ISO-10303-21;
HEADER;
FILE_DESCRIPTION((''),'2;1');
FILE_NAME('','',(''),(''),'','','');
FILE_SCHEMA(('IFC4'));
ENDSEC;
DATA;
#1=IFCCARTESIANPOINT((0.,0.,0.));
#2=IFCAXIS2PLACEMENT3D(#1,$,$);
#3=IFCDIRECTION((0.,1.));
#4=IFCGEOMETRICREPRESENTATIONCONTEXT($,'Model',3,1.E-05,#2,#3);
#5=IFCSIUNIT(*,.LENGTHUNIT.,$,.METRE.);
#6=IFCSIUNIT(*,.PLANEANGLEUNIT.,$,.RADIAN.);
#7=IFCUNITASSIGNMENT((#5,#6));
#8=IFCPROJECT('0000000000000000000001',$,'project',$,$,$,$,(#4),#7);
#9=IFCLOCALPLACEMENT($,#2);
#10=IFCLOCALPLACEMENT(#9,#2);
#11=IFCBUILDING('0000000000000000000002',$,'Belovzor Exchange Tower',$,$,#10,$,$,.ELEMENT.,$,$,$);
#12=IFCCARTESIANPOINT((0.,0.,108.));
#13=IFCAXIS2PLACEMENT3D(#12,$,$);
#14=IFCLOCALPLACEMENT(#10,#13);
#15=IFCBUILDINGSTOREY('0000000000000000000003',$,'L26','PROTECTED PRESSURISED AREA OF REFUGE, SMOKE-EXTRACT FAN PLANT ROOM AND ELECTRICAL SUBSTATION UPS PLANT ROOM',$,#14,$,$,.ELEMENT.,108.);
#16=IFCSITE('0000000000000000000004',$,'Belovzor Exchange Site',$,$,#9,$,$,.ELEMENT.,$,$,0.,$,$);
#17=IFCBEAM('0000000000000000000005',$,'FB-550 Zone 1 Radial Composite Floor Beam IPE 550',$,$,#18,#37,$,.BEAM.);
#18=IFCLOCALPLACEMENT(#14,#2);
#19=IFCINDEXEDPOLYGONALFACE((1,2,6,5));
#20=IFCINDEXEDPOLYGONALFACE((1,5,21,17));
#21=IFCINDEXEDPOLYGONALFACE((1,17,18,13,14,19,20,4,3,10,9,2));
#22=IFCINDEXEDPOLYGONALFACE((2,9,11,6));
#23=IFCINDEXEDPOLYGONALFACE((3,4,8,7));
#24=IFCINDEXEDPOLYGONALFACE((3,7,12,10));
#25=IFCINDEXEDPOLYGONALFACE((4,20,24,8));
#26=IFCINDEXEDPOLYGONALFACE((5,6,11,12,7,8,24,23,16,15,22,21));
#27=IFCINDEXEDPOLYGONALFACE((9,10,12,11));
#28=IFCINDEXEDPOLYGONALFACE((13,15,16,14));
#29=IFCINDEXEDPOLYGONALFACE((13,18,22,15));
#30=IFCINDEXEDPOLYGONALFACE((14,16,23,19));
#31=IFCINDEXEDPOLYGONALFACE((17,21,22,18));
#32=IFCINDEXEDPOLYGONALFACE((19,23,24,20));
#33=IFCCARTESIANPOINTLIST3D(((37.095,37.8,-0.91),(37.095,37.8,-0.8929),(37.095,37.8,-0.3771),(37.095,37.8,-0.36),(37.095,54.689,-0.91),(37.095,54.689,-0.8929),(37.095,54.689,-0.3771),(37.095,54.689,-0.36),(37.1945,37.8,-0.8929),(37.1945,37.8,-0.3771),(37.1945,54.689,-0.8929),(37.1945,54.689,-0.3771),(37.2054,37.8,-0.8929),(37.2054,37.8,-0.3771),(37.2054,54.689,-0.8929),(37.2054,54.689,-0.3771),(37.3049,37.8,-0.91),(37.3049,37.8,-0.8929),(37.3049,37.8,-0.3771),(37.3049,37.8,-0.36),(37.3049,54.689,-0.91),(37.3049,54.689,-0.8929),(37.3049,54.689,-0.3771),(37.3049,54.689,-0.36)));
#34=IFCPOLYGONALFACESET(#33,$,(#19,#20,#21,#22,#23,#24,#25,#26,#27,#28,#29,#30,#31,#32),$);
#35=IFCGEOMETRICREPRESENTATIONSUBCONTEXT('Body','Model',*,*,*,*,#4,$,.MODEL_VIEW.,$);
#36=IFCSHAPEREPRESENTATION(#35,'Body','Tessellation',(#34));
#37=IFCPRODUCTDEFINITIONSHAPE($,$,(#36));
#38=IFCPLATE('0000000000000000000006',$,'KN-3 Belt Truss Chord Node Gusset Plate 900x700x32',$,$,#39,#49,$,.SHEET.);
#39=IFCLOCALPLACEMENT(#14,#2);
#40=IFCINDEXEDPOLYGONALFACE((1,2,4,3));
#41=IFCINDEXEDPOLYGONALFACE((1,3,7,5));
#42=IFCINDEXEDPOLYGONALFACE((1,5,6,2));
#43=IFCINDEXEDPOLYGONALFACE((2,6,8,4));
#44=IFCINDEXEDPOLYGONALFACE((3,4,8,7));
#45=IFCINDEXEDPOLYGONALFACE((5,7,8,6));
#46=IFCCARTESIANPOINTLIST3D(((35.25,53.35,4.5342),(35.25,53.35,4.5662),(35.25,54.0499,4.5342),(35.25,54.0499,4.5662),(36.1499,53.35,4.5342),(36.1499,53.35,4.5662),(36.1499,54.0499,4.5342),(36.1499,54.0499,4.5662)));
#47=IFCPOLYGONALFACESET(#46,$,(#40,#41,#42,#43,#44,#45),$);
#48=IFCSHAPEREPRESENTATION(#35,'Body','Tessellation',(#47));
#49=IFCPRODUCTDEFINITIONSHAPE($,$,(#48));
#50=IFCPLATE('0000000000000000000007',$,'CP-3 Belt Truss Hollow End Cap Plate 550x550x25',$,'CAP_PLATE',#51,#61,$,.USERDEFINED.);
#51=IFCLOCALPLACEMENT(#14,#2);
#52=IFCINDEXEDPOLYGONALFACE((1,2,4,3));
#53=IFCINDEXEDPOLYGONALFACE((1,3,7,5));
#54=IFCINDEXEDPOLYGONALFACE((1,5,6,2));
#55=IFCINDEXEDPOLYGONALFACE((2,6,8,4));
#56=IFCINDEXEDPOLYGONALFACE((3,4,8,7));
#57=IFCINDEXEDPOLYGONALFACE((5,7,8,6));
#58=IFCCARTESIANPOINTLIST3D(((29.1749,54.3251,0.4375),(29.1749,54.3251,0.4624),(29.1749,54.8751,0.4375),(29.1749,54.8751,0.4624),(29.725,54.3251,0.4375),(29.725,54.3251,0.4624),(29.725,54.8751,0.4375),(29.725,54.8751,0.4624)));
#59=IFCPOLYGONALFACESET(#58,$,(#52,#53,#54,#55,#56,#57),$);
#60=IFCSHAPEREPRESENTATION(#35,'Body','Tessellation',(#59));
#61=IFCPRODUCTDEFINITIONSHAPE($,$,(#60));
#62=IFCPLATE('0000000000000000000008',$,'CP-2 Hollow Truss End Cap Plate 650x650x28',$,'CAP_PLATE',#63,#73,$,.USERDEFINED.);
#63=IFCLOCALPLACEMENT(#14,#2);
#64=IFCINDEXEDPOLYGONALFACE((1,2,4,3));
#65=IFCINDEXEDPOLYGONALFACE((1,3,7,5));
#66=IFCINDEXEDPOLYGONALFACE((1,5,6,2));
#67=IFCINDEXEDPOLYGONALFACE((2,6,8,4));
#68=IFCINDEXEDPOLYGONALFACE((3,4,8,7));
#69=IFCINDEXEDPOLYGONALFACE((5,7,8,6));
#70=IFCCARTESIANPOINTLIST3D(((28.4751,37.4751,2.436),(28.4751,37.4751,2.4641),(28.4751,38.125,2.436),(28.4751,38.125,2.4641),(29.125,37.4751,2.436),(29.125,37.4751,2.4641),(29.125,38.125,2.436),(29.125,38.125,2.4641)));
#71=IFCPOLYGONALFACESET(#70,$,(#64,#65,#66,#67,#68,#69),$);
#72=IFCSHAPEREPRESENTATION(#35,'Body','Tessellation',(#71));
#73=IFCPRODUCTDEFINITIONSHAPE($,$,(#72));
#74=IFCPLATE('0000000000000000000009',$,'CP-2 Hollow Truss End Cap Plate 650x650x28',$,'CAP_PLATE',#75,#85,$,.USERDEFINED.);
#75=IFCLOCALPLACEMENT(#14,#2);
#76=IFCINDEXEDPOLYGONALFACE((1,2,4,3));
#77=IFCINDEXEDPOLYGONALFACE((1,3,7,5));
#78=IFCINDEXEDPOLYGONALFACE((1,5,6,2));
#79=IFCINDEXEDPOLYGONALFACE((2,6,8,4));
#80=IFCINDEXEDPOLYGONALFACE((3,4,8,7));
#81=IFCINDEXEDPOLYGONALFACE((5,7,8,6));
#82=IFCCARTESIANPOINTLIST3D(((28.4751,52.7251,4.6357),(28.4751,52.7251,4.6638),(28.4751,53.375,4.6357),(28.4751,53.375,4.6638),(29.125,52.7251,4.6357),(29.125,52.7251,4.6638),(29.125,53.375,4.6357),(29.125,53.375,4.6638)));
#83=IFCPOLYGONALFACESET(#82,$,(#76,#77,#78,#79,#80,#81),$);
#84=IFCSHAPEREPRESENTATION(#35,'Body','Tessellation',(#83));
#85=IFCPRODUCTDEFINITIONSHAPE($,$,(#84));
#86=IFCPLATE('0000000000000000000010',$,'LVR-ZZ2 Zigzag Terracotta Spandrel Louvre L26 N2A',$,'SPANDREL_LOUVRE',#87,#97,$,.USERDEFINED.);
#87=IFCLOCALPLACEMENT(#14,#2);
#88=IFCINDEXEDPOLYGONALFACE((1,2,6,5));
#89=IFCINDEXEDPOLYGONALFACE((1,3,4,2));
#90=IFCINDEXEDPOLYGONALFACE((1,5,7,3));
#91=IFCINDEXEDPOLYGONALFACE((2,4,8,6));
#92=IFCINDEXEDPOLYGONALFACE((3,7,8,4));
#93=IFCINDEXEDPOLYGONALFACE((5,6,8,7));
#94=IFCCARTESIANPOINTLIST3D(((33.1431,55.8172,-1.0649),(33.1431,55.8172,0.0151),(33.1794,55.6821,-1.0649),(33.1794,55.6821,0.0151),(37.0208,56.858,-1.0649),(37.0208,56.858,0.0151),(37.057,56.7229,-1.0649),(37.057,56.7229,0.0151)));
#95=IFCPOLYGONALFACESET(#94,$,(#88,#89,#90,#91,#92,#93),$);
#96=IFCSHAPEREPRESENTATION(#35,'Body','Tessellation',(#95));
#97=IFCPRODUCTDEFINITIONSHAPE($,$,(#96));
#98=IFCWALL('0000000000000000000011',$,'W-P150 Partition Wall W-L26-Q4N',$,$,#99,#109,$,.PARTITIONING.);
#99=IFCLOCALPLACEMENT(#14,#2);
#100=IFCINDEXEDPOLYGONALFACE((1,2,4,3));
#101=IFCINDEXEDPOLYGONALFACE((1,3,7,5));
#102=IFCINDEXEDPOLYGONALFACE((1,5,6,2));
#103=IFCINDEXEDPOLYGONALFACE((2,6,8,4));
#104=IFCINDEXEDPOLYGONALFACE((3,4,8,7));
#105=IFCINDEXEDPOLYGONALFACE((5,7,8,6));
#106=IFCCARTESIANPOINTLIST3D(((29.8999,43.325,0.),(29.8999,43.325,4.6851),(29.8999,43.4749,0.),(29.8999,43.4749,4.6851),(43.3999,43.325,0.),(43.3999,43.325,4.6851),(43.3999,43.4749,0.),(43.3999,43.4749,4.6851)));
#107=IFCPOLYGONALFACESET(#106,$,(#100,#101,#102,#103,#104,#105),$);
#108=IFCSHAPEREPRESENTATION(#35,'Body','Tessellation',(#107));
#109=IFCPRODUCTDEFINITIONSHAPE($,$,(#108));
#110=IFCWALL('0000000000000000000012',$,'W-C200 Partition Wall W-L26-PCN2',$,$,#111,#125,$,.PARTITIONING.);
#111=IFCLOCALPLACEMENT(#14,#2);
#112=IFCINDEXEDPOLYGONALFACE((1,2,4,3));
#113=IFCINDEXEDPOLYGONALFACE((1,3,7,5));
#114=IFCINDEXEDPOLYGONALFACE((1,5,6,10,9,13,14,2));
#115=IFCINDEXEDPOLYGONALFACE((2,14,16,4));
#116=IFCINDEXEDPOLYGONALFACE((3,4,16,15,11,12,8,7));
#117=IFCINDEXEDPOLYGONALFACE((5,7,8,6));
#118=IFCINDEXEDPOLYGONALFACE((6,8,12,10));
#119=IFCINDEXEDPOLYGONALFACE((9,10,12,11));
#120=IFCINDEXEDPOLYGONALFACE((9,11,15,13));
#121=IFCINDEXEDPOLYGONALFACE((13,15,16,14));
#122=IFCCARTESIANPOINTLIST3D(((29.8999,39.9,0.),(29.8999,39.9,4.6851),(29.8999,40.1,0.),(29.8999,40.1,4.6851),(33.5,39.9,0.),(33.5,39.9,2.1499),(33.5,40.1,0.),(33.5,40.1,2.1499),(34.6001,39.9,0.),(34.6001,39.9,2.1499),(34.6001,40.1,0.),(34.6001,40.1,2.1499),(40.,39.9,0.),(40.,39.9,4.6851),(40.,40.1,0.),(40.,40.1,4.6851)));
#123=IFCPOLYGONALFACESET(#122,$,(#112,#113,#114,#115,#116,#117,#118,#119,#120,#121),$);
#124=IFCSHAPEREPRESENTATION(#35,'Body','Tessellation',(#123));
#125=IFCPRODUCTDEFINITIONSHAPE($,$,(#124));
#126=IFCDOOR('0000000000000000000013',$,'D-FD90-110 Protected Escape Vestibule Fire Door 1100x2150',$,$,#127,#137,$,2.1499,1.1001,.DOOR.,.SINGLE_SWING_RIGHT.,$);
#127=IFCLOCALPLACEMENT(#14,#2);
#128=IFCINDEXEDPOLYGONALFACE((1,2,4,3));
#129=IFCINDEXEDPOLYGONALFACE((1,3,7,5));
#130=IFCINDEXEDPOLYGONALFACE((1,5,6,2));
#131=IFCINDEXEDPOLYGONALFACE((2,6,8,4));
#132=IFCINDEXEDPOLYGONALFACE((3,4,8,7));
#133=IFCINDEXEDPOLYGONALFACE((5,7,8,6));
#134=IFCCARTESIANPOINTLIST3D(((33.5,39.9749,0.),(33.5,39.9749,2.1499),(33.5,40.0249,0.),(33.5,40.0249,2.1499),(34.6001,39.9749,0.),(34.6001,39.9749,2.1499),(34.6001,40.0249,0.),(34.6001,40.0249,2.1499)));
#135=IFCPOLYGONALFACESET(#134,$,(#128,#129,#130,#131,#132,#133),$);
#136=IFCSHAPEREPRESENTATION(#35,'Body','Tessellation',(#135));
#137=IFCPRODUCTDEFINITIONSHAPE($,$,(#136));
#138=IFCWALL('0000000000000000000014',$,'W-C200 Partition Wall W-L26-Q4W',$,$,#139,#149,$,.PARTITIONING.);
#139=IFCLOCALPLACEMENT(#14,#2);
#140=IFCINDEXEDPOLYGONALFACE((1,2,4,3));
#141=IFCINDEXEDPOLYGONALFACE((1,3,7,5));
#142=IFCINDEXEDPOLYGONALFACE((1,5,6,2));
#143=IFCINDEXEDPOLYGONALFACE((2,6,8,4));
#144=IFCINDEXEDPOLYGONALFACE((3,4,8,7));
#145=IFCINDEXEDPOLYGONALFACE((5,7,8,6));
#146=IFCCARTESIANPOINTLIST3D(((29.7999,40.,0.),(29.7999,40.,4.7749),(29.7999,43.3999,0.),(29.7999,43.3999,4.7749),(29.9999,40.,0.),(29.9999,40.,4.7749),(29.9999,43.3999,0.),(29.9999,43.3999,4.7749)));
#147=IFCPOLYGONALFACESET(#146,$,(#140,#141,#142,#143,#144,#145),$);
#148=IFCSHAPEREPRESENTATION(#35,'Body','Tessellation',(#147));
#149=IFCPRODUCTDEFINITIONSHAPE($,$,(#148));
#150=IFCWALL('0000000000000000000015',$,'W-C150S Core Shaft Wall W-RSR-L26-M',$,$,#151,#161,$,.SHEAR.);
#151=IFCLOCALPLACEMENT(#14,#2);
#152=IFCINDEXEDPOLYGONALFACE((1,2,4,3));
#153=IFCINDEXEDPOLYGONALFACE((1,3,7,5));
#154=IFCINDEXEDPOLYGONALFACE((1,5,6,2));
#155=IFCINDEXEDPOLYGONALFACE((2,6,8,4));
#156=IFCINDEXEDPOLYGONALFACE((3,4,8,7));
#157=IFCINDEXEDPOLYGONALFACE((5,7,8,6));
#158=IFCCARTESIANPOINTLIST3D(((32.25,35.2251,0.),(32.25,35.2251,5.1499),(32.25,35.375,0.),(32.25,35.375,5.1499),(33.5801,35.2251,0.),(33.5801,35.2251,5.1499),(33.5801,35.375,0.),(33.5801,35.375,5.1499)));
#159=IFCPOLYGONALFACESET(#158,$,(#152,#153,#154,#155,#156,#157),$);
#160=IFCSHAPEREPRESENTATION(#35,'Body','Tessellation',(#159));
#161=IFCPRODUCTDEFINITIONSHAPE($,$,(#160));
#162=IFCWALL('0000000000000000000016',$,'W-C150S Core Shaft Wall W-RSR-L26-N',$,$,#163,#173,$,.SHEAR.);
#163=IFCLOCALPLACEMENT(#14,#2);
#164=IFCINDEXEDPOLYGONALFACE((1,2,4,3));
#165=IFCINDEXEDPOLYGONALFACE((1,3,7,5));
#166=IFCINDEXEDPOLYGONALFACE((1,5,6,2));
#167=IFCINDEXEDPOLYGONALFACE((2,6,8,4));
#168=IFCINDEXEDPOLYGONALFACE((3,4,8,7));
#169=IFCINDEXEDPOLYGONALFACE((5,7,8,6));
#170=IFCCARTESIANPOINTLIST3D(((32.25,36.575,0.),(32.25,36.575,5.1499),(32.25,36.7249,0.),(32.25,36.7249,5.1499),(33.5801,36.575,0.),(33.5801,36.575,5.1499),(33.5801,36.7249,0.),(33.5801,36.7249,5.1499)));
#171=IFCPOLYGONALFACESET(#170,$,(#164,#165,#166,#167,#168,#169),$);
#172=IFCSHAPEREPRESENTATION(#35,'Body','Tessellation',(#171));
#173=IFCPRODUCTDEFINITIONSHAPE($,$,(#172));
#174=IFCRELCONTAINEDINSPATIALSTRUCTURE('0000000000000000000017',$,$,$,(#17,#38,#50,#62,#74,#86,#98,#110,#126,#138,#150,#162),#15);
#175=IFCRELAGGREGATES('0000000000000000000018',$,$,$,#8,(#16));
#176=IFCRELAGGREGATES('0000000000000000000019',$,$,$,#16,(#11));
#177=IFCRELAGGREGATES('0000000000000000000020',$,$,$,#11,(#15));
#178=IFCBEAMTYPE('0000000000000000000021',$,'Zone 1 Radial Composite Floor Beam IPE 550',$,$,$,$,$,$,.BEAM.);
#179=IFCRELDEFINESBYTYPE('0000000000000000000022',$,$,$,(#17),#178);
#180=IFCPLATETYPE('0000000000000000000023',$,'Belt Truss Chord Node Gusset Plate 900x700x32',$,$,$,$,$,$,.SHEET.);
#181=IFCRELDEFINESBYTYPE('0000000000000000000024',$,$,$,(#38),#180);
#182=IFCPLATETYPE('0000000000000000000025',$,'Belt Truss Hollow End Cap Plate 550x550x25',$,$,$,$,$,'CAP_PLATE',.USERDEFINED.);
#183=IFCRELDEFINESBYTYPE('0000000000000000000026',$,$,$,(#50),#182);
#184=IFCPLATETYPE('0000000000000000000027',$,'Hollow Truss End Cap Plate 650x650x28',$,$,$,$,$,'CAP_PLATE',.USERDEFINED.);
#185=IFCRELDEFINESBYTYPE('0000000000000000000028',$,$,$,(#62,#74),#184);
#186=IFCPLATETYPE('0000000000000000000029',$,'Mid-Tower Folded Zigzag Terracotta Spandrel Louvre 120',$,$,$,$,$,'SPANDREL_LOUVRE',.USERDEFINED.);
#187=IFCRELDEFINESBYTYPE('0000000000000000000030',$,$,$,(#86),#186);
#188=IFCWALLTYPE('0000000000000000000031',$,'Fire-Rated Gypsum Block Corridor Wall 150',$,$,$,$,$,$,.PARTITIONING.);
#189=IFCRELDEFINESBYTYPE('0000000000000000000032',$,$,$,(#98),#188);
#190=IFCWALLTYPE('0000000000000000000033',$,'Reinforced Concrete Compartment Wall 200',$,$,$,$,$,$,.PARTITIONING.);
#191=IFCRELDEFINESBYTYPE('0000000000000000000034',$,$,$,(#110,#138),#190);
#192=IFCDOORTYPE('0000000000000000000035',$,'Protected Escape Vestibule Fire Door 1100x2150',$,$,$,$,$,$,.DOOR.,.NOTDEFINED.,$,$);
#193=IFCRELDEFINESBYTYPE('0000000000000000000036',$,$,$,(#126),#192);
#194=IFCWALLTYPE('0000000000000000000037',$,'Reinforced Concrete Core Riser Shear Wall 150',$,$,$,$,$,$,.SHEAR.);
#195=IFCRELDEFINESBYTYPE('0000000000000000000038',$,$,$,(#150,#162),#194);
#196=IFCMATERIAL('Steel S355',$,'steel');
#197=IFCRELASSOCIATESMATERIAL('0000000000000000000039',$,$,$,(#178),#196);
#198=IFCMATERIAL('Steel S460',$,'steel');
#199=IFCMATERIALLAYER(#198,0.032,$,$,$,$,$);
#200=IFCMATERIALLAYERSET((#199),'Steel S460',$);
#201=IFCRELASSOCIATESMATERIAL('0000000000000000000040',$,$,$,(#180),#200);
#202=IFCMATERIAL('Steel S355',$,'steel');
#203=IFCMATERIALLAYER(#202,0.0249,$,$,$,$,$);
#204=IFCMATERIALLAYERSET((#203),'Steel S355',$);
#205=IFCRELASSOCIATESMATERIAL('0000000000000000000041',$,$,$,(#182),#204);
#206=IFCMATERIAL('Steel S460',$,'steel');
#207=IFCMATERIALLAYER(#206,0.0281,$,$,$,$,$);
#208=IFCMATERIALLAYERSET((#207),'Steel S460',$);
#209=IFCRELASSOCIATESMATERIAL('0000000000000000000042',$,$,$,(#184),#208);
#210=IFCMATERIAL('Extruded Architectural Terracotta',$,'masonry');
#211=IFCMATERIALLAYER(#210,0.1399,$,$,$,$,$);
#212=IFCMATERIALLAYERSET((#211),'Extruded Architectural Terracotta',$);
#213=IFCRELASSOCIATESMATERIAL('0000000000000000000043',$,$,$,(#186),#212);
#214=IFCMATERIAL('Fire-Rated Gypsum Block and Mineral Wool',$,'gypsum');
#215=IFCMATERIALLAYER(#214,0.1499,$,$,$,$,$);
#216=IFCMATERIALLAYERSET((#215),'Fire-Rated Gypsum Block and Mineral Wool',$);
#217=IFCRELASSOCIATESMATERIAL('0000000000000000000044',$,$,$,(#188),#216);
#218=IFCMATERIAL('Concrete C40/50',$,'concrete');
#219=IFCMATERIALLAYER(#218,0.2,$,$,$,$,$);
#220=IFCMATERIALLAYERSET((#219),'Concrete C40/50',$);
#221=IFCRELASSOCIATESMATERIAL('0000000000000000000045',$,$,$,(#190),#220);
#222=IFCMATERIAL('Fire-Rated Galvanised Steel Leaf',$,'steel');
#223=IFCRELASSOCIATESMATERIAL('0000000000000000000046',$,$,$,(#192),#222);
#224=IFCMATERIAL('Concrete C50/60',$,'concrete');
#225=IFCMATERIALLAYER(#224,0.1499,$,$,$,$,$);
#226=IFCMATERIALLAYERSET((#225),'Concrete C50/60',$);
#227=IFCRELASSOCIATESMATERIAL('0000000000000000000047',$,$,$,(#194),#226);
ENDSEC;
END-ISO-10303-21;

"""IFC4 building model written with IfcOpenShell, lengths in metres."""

from ifc_helpers import new_model, si_unit, direction, frame, frame_2d, origin, origin_2d, place, context, subcontext, project, spatial, rectangle, i_section, extrude, material, layer, layer_set, material_profile, profile_set, type_object, element, fill, save


model = new_model("IFC4")

# Units and contexts
model_context = context("Model", 3, precision=1e-05, world=origin(), true_north=direction((0.0, 1.0)))
body_context = subcontext(model_context, "Body", "Model", "MODEL_VIEW")
ifc_project = project(units=[si_unit("LENGTHUNIT", "METRE"), si_unit("PLANEANGLEUNIT", "RADIAN")], contexts=[model_context])

# Site, building, storey
site_placement = place(None, origin())
site = spatial("IfcSite", under=ifc_project, at=site_placement, Name="Belovzor Exchange Site", CompositionType="ELEMENT", RefElevation=0.0)
building_placement = place(site_placement, origin())
building = spatial("IfcBuilding", under=site, at=building_placement, Name="Belovzor Exchange Tower", CompositionType="ELEMENT")
storey_placement = place(building_placement, frame((0.0, 0.0, 108.0)))
storey = spatial("IfcBuildingStorey", under=building, at=storey_placement, Name="L26", Description="PROTECTED PRESSURISED AREA OF REFUGE, SMOKE-EXTRACT FAN PLANT ROOM AND ELECTRICAL SUBSTATION UPS PLANT ROOM", CompositionType="ELEMENT", Elevation=108.0)

# Beam
ifc_material_1 = material(Name="Steel S355", Category="steel")
ifc_material_profile_1 = material_profile(ifc_material_1, i_section(OverallWidth=0.21, OverallDepth=0.55, WebThickness=0.011, FlangeThickness=0.0171, at=origin_2d()))
ifc_profile_set_1 = profile_set([ifc_material_profile_1], Name="Steel S355")
beam_type_1 = type_object("IfcBeamType", Name="Zone 1 Radial Composite Floor Beam IPE 550", PredefinedType="BEAM", material=ifc_profile_set_1)
beam_1_placement = place(storey_placement, frame((37.2, 37.8, -0.635), z_axis=(0.0, 1.0, 0.0), x_axis=(-1.0, 0.0, 0.0)))
element("IfcBeam", 1, at=beam_1_placement, inside=storey, type_object=beam_type_1, Name="FB-550 Zone 1 Radial Composite Floor Beam IPE 550", PredefinedType="BEAM", context=body_context, shape_type="SweptSolid", body=[
    extrude(i_section(OverallWidth=0.21, OverallDepth=0.55, WebThickness=0.011, FlangeThickness=0.0171, at=origin_2d()), origin(), (0.0, 0.0, 1.0), 16.8889),
])

# Plates
ifc_material_2 = material(Name="Steel S460", Category="steel")
ifc_layer_1 = layer(ifc_material_2, 0.032)
ifc_layer_set_1 = layer_set([ifc_layer_1], Name="Steel S460")
plate_type_1 = type_object("IfcPlateType", Name="Belt Truss Chord Node Gusset Plate 900x700x32", PredefinedType="SHEET", material=ifc_layer_set_1)
plate_1_placement = place(storey_placement, frame((35.7, 53.7, 4.5342), z_axis=(0.0, 0.0, 1.0), x_axis=(1.0, 0.0, 0.0)))
element("IfcPlate", 2, at=plate_1_placement, inside=storey, type_object=plate_type_1, Name="KN-3 Belt Truss Chord Node Gusset Plate 900x700x32", PredefinedType="SHEET", context=body_context, shape_type="SweptSolid", body=[
    extrude(rectangle(XDim=0.8999, YDim=0.7, at=origin_2d()), origin(), (0.0, 0.0, 1.0), 0.032),
])
ifc_material_3 = material(Name="Steel S355", Category="steel")
ifc_layer_2 = layer(ifc_material_3, 0.0249)
ifc_layer_set_2 = layer_set([ifc_layer_2], Name="Steel S355")
plate_type_2 = type_object("IfcPlateType", Name="Belt Truss Hollow End Cap Plate 550x550x25", ElementType="CAP_PLATE", PredefinedType="USERDEFINED", material=ifc_layer_set_2)
plate_2_placement = place(storey_placement, frame((29.45, 54.6001, 0.4375), z_axis=(0.0, 0.0, 1.0), x_axis=(1.0, 0.0, 0.0)))
element("IfcPlate", 3, at=plate_2_placement, inside=storey, type_object=plate_type_2, Name="CP-3 Belt Truss Hollow End Cap Plate 550x550x25", ObjectType="CAP_PLATE", PredefinedType="USERDEFINED", context=body_context, shape_type="SweptSolid", body=[
    extrude(rectangle(XDim=0.55, YDim=0.55, at=origin_2d()), origin(), (0.0, 0.0, 1.0), 0.0249),
])
ifc_material_4 = material(Name="Steel S460", Category="steel")
ifc_layer_3 = layer(ifc_material_4, 0.0281)
ifc_layer_set_3 = layer_set([ifc_layer_3], Name="Steel S460")
plate_type_3 = type_object("IfcPlateType", Name="Hollow Truss End Cap Plate 650x650x28", ElementType="CAP_PLATE", PredefinedType="USERDEFINED", material=ifc_layer_set_3)
for number, where, z_axis, x_axis, name in (
    (4, (28.8, 37.8, 2.436), (0.0, 0.0, 1.0), (1.0, 0.0, 0.0), "CP-2 Hollow Truss End Cap Plate 650x650x28"),
    (5, (28.8, 53.05, 4.6357), (0.0, 0.0, 1.0), (1.0, 0.0, 0.0), "CP-2 Hollow Truss End Cap Plate 650x650x28"),
):
    element("IfcPlate", number, at=place(storey_placement, frame(where, z_axis=z_axis, x_axis=x_axis)), inside=storey, type_object=plate_type_3, Name=name, ObjectType="CAP_PLATE", PredefinedType="USERDEFINED", context=body_context, shape_type="SweptSolid", body=[
        extrude(rectangle(XDim=0.6499, YDim=0.6499, at=origin_2d()), origin(), (0.0, 0.0, 1.0), 0.0281),
    ])
ifc_material_5 = material(Name="Extruded Architectural Terracotta", Category="masonry")
ifc_layer_4 = layer(ifc_material_5, 0.1399)
ifc_layer_set_4 = layer_set([ifc_layer_4], Name="Extruded Architectural Terracotta")
plate_type_4 = type_object("IfcPlateType", Name="Mid-Tower Folded Zigzag Terracotta Spandrel Louvre 120", ElementType="SPANDREL_LOUVRE", PredefinedType="USERDEFINED", material=ifc_layer_set_4)
plate_3_placement = place(storey_placement, frame((35.1001, 56.27, -1.0649), z_axis=(0.0, 0.0, 1.0), x_axis=(0.965813, 0.25924, 0.0)))
element("IfcPlate", 6, at=plate_3_placement, inside=storey, type_object=plate_type_4, Name="LVR-ZZ2 Zigzag Terracotta Spandrel Louvre L26 N2A", ObjectType="SPANDREL_LOUVRE", PredefinedType="USERDEFINED", context=body_context, shape_type="SweptSolid", body=[
    extrude(rectangle(XDim=4.0149, YDim=0.1399, at=origin_2d()), origin(), (0.0, 0.0, 1.0), 1.0801),
])

# Wall
ifc_material_6 = material(Name="Fire-Rated Gypsum Block and Mineral Wool", Category="gypsum")
ifc_layer_5 = layer(ifc_material_6, 0.1499)
ifc_layer_set_5 = layer_set([ifc_layer_5], Name="Fire-Rated Gypsum Block and Mineral Wool")
wall_type_1 = type_object("IfcWallType", Name="Fire-Rated Gypsum Block Corridor Wall 150", PredefinedType="PARTITIONING", material=ifc_layer_set_5)
wall_1_placement = place(storey_placement, frame((29.8999, 43.3999, 0.0), z_axis=(0.0, 0.0, 1.0), x_axis=(1.0, 0.0, 0.0)))
element("IfcWall", 7, at=wall_1_placement, inside=storey, type_object=wall_type_1, Name="W-P150 Partition Wall W-L26-Q4N", PredefinedType="PARTITIONING", context=body_context, shape_type="SweptSolid", body=[
    extrude(rectangle(XDim=13.5, YDim=0.1499, at=frame_2d((6.75, 0.0))), origin(), (0.0, 0.0, 1.0), 4.6851),
])

# Wall, opening, door
ifc_material_7 = material(Name="Concrete C40/50", Category="concrete")
ifc_layer_6 = layer(ifc_material_7, 0.2)
ifc_layer_set_6 = layer_set([ifc_layer_6], Name="Concrete C40/50")
wall_type_2 = type_object("IfcWallType", Name="Reinforced Concrete Compartment Wall 200", PredefinedType="PARTITIONING", material=ifc_layer_set_6)
wall_2_placement = place(storey_placement, frame((29.8999, 40.0, 0.0), z_axis=(0.0, 0.0, 1.0), x_axis=(1.0, 0.0, 0.0)))
wall_2 = element("IfcWall", 8, at=wall_2_placement, inside=storey, type_object=wall_type_2, Name="W-C200 Partition Wall W-L26-PCN2", PredefinedType="PARTITIONING", context=body_context, shape_type="SweptSolid", body=[
    extrude(rectangle(XDim=10.1001, YDim=0.2, at=frame_2d((5.05, 0.0))), origin(), (0.0, 0.0, 1.0), 4.6851),
])
opening_placement = place(wall_2_placement, frame((3.6001, 0.0, 0.0)))
opening = element("IfcOpeningElement", 9, at=opening_placement, cuts=wall_2, PredefinedType="OPENING", context=body_context, shape_type="SweptSolid", body=[
    extrude(rectangle(XDim=1.1001, YDim=2.1499, at=frame_2d((0.55, 1.075))), frame((0.0, 0.1099, 0.0), z_axis=(0.0, -1.0, 0.0), x_axis=(1.0, 0.0, 0.0)), (0.0, 0.0, 1.0), 0.22),
])
ifc_material_8 = material(Name="Fire-Rated Galvanised Steel Leaf", Category="steel")
door_type = type_object("IfcDoorType", Name="Protected Escape Vestibule Fire Door 1100x2150", OperationType="NOTDEFINED", PredefinedType="DOOR", material=ifc_material_8)
door_placement = place(opening_placement, origin())
door = element("IfcDoor", 10, at=door_placement, inside=storey, type_object=door_type, Name="D-FD90-110 Protected Escape Vestibule Fire Door 1100x2150", OperationType="SINGLE_SWING_RIGHT", OverallHeight=2.1499, OverallWidth=1.1001, PredefinedType="DOOR", context=body_context, shape_type="SweptSolid", body=[
    extrude(rectangle(XDim=1.1001, YDim=2.1499, at=frame_2d((0.55, 1.075))), frame((0.0, 0.0249, 0.0), z_axis=(0.0, -1.0, 0.0), x_axis=(1.0, 0.0, 0.0)), (0.0, 0.0, 1.0), 0.05),
])
fill(opening, door)

# Walls
wall_3_placement = place(storey_placement, frame((29.8999, 40.0, 0.0), z_axis=(0.0, 0.0, 1.0), x_axis=(0.0, 1.0, 0.0)))
element("IfcWall", 11, at=wall_3_placement, inside=storey, type_object=wall_type_2, Name="W-C200 Partition Wall W-L26-Q4W", PredefinedType="PARTITIONING", context=body_context, shape_type="SweptSolid", body=[
    extrude(rectangle(XDim=3.3999, YDim=0.2, at=frame_2d((1.7, 0.0))), origin(), (0.0, 0.0, 1.0), 4.7749),
])
ifc_material_9 = material(Name="Concrete C50/60", Category="concrete")
ifc_layer_7 = layer(ifc_material_9, 0.1499)
ifc_layer_set_7 = layer_set([ifc_layer_7], Name="Concrete C50/60")
wall_type_3 = type_object("IfcWallType", Name="Reinforced Concrete Core Riser Shear Wall 150", PredefinedType="SHEAR", material=ifc_layer_set_7)
for number, where, z_axis, x_axis, name in (
    (12, (32.25, 35.3, 0.0), (0.0, 0.0, 1.0), (1.0, 0.0, 0.0), "W-C150S Core Shaft Wall W-RSR-L26-M"),
    (13, (32.25, 36.6499, 0.0), (0.0, 0.0, 1.0), (1.0, 0.0, 0.0), "W-C150S Core Shaft Wall W-RSR-L26-N"),
):
    element("IfcWall", number, at=place(storey_placement, frame(where, z_axis=z_axis, x_axis=x_axis)), inside=storey, type_object=wall_type_3, Name=name, PredefinedType="SHEAR", context=body_context, shape_type="SweptSolid", body=[
        extrude(rectangle(XDim=1.3301, YDim=0.1499, at=frame_2d((0.665, 0.0))), origin(), (0.0, 0.0, 1.0), 5.1499),
    ])

save(model, "model.ifc")
